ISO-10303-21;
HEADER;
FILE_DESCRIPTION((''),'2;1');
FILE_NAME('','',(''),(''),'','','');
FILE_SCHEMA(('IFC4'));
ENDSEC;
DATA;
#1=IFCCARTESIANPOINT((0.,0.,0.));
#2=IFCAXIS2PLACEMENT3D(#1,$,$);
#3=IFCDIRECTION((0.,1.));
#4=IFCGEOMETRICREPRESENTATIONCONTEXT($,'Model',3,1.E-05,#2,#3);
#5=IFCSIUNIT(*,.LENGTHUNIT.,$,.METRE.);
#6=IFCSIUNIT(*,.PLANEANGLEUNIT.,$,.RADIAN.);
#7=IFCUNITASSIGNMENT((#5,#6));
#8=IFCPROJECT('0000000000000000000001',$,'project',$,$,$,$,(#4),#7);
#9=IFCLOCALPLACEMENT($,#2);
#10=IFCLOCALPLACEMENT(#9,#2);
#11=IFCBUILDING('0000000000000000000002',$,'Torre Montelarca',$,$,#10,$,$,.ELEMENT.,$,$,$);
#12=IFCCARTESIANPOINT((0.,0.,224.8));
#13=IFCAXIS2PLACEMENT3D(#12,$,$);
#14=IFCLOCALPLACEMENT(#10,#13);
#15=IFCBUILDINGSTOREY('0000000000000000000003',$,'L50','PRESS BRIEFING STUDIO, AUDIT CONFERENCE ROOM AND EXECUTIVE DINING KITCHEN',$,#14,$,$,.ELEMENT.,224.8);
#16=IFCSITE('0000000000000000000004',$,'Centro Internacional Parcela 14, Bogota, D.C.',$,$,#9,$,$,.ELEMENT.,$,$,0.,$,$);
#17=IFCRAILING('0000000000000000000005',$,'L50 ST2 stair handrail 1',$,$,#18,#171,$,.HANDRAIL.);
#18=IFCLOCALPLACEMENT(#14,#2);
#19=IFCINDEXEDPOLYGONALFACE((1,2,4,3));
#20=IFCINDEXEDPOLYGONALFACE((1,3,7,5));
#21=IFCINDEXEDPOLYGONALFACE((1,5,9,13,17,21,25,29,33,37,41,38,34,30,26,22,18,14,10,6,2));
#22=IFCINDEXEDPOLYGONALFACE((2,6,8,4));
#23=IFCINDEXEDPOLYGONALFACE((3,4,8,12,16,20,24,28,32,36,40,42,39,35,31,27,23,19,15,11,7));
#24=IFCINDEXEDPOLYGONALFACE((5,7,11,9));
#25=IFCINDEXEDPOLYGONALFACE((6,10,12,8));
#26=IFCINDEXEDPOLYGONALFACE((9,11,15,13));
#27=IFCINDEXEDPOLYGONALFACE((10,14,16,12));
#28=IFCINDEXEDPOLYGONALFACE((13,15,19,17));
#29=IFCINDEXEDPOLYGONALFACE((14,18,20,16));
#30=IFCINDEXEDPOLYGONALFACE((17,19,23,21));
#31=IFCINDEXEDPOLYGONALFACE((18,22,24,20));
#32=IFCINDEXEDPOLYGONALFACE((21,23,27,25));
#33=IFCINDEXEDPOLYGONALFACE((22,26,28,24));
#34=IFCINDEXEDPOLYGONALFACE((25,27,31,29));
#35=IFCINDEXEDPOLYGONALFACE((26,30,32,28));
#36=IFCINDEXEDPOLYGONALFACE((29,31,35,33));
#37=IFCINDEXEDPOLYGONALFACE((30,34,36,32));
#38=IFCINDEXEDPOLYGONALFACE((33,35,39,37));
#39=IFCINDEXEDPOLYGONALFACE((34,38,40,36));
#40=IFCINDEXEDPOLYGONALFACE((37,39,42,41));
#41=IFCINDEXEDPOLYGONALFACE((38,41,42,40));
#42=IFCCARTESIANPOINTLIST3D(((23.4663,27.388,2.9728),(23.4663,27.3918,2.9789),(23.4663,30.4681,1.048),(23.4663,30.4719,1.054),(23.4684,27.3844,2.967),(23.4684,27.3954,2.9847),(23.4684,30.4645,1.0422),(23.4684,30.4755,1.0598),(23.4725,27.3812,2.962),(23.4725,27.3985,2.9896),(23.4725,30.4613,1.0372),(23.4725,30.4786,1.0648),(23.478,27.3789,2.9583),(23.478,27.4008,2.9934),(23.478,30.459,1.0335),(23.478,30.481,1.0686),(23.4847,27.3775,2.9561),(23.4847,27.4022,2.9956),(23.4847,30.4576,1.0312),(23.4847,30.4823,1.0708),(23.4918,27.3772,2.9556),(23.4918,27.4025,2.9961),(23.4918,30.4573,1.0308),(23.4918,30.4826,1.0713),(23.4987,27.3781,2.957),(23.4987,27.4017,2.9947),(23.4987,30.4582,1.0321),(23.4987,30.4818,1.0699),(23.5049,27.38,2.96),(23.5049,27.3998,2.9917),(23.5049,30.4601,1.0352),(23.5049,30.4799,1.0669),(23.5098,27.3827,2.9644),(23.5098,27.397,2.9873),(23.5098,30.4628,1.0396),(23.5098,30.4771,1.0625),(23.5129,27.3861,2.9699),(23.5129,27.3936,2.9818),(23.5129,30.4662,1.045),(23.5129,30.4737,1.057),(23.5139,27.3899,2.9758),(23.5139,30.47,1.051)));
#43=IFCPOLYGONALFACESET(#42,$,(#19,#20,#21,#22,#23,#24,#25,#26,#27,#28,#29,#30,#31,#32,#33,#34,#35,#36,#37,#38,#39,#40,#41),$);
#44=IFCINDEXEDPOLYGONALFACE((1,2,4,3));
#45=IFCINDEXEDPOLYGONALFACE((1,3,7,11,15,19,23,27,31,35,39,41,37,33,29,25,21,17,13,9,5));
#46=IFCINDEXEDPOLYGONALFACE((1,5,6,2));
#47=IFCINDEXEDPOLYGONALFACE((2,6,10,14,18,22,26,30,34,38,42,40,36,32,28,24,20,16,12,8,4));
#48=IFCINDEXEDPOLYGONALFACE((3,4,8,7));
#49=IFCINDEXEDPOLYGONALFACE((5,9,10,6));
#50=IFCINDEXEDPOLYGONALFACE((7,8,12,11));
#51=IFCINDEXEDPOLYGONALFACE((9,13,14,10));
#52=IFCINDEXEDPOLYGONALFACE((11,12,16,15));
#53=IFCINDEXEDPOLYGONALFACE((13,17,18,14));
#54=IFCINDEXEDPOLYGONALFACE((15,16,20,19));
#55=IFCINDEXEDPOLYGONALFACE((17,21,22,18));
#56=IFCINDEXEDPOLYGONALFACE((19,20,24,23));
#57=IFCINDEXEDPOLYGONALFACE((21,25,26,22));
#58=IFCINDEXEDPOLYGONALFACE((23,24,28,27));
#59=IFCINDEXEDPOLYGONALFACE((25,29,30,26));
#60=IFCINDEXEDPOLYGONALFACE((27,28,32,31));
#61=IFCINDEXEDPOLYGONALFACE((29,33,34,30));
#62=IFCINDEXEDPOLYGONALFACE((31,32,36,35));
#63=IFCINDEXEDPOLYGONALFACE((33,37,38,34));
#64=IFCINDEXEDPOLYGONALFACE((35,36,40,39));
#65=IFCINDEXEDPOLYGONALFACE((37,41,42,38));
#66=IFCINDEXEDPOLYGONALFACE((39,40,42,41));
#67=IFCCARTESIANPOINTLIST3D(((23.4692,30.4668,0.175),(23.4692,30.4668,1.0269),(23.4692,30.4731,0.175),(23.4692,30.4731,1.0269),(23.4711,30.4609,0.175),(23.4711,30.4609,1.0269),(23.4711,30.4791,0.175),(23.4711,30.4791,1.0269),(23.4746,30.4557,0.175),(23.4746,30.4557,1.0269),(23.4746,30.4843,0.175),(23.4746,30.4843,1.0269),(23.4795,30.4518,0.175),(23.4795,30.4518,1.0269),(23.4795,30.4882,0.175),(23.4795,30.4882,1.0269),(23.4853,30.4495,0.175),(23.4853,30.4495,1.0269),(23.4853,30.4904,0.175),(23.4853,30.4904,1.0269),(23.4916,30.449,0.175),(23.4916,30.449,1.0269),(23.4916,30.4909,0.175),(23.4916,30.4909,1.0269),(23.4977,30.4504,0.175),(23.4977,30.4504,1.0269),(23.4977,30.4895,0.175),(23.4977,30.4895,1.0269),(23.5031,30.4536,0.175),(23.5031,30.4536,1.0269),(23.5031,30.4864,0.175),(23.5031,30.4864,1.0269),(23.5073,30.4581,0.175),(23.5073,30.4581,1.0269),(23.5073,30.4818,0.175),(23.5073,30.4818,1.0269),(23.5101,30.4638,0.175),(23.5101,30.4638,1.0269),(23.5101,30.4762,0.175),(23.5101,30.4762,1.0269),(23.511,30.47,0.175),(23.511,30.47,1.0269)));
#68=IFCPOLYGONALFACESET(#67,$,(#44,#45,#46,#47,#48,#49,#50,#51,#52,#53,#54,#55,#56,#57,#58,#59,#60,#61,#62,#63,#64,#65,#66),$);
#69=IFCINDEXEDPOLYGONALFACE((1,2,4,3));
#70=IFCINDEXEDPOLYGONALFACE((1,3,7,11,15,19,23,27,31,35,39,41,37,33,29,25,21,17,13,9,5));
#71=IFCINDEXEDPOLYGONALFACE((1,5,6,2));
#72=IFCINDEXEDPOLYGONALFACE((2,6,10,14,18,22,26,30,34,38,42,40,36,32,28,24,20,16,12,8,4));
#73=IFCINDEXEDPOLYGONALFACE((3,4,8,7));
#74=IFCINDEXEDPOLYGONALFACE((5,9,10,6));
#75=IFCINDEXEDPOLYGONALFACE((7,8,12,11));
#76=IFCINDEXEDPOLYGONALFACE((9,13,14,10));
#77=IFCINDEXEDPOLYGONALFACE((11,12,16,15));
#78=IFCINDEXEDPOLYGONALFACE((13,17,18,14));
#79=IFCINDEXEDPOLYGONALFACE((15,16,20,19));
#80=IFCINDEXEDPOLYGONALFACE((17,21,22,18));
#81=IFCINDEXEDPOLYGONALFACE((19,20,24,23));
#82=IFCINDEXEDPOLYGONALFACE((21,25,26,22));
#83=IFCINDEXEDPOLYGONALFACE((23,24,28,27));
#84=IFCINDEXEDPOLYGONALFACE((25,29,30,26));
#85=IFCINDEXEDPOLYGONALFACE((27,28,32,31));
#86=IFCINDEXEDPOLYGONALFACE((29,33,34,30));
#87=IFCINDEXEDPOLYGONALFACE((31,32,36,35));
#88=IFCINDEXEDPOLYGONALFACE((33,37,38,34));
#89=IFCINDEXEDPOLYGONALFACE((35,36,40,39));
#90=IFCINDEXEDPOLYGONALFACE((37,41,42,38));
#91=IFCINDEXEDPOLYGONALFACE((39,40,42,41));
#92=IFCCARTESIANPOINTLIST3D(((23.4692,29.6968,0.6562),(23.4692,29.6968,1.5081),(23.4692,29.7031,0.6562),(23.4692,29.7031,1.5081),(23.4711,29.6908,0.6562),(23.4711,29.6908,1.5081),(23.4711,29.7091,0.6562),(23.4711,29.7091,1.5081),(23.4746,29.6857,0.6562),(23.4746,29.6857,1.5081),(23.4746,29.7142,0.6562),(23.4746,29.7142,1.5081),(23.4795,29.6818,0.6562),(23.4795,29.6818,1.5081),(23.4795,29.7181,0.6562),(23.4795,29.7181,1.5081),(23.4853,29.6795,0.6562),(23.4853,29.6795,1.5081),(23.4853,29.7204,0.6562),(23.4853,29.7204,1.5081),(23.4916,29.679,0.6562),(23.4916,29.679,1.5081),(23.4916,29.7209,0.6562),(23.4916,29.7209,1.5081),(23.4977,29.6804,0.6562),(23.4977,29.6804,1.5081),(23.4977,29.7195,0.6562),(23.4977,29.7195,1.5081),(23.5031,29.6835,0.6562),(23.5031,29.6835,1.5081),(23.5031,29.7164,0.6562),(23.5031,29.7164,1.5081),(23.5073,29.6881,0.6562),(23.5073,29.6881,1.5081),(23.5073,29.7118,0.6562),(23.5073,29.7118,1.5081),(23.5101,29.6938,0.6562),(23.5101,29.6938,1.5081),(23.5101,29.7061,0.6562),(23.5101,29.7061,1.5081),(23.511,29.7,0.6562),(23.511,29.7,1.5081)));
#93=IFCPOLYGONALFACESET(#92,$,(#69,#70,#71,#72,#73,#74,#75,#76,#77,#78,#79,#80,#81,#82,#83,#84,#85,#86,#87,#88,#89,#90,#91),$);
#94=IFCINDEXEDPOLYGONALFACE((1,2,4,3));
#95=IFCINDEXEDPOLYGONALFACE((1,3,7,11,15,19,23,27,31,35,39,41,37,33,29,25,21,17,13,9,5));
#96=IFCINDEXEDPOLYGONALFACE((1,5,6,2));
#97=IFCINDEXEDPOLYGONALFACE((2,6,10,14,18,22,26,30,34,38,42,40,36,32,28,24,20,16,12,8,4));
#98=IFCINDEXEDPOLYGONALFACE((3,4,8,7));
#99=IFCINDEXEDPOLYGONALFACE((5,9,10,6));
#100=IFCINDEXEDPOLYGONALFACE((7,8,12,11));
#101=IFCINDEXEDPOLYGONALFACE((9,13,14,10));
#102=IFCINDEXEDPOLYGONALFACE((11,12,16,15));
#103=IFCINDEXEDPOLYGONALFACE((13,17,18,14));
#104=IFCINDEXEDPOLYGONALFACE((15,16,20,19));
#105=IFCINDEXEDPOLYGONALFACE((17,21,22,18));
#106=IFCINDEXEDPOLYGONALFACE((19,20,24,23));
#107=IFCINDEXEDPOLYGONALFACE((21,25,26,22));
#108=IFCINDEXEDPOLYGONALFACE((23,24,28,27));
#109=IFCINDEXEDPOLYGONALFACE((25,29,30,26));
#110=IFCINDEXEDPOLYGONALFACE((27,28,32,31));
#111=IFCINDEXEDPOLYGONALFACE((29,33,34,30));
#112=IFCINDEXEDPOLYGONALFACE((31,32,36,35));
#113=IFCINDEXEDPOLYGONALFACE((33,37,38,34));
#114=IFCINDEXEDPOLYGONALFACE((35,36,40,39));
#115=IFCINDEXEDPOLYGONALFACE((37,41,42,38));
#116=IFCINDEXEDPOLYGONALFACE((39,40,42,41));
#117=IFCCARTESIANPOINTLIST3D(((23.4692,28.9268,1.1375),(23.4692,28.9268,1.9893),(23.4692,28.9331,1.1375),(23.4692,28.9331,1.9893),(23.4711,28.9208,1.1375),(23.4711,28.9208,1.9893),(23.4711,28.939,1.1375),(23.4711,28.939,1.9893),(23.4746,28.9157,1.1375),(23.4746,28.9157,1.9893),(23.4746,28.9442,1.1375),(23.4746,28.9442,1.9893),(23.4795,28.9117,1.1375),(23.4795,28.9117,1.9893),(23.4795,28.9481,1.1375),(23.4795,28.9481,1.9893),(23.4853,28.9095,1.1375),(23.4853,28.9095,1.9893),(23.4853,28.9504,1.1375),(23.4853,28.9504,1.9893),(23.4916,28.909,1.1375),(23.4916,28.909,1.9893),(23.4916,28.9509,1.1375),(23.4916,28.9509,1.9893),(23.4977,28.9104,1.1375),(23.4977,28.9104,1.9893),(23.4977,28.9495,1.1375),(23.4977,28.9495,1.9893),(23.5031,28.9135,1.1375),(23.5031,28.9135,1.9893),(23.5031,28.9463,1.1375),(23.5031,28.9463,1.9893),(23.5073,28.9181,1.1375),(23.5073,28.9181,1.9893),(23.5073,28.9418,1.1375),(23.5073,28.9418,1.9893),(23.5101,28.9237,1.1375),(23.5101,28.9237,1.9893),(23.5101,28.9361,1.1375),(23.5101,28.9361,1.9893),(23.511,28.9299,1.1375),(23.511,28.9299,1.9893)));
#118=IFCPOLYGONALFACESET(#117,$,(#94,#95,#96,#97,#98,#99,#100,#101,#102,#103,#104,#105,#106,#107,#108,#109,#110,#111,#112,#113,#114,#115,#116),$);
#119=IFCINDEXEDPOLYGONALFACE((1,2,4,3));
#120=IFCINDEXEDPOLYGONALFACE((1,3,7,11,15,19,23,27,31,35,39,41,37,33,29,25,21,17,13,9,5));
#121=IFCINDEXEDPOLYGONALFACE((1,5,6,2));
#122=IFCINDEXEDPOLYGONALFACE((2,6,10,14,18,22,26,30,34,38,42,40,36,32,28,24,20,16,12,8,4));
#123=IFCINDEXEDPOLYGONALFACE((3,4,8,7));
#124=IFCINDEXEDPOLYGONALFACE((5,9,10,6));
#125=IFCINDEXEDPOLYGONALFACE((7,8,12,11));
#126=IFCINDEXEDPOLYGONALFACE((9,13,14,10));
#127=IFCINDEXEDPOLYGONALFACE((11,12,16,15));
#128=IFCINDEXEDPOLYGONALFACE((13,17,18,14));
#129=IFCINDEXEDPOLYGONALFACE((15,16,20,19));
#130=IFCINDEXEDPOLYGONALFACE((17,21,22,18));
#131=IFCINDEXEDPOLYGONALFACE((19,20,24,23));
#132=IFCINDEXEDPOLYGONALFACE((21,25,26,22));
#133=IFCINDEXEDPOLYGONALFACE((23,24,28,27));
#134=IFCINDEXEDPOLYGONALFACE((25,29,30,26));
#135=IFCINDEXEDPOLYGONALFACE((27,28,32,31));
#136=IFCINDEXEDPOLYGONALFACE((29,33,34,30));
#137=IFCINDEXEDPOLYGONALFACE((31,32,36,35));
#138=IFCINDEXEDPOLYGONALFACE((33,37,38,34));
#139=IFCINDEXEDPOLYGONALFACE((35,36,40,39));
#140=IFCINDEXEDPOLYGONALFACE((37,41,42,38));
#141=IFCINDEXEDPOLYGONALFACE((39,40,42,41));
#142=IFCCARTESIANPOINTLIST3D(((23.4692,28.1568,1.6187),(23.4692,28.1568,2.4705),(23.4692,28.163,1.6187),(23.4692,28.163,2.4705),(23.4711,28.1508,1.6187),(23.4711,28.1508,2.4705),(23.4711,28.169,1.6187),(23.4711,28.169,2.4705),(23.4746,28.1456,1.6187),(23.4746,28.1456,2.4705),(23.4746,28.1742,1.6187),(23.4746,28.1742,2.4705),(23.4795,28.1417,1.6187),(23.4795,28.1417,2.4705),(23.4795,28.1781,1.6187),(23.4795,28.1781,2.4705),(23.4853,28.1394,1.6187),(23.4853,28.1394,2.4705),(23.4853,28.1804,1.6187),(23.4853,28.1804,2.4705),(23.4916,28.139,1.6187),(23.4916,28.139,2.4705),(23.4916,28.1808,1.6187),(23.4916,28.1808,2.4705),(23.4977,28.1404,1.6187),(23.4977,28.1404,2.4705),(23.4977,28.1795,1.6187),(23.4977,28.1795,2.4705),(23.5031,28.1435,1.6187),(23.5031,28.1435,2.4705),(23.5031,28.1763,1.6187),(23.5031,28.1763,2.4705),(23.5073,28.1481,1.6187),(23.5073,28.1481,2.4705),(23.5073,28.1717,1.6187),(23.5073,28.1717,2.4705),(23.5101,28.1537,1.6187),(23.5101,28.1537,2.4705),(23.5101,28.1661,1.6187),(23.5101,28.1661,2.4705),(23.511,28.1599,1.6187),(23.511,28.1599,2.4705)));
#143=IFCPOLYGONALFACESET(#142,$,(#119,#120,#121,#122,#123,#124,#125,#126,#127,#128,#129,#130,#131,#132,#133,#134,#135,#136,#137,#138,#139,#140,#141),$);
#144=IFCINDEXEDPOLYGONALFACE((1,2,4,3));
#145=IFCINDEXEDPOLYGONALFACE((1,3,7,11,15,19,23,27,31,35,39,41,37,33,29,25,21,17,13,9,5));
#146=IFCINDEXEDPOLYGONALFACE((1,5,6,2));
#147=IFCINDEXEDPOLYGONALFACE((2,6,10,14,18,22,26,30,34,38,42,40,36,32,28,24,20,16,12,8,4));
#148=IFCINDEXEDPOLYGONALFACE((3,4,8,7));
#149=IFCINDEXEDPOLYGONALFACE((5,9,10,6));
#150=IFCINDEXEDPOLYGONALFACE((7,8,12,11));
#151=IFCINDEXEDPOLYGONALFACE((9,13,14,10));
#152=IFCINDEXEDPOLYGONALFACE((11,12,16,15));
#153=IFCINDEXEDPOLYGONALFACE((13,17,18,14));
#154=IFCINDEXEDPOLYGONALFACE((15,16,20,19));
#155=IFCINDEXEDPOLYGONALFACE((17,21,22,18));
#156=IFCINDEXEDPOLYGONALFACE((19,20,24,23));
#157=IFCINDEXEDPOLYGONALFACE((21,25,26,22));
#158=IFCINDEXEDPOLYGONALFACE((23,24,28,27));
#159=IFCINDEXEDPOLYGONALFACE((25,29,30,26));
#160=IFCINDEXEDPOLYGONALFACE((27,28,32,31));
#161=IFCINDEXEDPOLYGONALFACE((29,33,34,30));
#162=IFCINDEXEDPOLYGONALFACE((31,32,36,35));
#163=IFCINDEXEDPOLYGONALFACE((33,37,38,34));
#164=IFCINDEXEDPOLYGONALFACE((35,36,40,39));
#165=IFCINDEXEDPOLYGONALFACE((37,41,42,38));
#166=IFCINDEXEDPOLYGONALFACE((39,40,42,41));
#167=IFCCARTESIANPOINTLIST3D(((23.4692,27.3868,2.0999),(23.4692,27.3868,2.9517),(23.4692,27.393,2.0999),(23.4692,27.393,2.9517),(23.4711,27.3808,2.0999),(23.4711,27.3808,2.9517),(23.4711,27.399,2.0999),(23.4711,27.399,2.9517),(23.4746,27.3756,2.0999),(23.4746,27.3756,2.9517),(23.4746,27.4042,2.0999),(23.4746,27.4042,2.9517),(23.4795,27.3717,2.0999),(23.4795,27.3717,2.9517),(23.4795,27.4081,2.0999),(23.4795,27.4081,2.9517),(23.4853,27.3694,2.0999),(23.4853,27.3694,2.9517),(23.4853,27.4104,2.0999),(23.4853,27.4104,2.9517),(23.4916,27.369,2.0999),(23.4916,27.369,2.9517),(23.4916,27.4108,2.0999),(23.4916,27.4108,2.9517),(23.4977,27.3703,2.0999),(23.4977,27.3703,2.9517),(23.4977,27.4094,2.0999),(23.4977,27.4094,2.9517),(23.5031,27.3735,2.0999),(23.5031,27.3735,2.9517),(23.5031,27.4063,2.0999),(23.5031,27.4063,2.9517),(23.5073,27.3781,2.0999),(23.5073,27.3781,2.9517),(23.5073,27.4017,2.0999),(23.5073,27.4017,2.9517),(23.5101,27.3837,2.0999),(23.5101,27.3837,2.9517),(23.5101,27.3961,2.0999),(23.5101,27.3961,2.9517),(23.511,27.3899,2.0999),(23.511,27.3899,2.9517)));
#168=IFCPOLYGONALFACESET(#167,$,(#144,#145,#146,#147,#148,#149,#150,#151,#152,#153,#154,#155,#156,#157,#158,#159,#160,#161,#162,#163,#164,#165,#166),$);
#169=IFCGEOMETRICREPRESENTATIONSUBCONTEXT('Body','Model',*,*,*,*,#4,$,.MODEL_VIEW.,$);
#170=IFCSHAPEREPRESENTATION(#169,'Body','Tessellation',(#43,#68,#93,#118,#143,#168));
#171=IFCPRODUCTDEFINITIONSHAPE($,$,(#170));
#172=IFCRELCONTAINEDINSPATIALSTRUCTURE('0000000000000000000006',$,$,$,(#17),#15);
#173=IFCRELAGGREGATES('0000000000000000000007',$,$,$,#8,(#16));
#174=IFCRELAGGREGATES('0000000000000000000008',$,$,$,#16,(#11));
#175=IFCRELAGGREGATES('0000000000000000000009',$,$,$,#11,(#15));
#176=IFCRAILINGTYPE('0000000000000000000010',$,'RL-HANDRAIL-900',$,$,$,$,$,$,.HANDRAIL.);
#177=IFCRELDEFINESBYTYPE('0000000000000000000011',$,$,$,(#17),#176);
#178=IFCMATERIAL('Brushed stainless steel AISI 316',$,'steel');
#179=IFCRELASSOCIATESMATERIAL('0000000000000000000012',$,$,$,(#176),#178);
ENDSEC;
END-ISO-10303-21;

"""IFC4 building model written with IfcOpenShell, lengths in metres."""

from ifc_helpers import new_model, si_unit, direction, frame, origin, origin_2d, place, context, subcontext, project, spatial, circle, extrude, material, type_object, element, save


model = new_model("IFC4")

# Units and contexts
model_context = context("Model", 3, precision=1e-05, world=origin(), true_north=direction((0.0, 1.0)))
body_context = subcontext(model_context, "Body", "Model", "MODEL_VIEW")
ifc_project = project(units=[si_unit("LENGTHUNIT", "METRE"), si_unit("PLANEANGLEUNIT", "RADIAN")], contexts=[model_context])

# Site, building, storey
site_placement = place(None, origin())
site = spatial("IfcSite", under=ifc_project, at=site_placement, Name="Centro Internacional Parcela 14, Bogota, D.C.", CompositionType="ELEMENT", RefElevation=0.0)
building_placement = place(site_placement, origin())
building = spatial("IfcBuilding", under=site, at=building_placement, Name="Torre Montelarca", CompositionType="ELEMENT")
storey_placement = place(building_placement, frame((0.0, 0.0, 224.8)))
storey = spatial("IfcBuildingStorey", under=building, at=storey_placement, Name="L50", Description="PRESS BRIEFING STUDIO, AUDIT CONFERENCE ROOM AND EXECUTIVE DINING KITCHEN", CompositionType="ELEMENT", Elevation=224.8)

# Shared definitions
ifc_material_1 = material(Name="Brushed stainless steel AISI 316", Category="steel")

# Railing
railing_type_1 = type_object("IfcRailingType", Name="RL-HANDRAIL-900", PredefinedType="HANDRAIL", material=ifc_material_1)
railing_1_placement = place(storey_placement, frame((23.49, 30.47, 0.175)))
element("IfcRailing", 1, at=railing_1_placement, inside=storey, type_object=railing_type_1, Name="L50 ST2 stair handrail 1", PredefinedType="HANDRAIL", context=body_context, shape_type="SweptSolid", body=[
    extrude(circle(Radius=0.0239, at=origin_2d()), frame((0.0, 0.0, 0.876), z_axis=(0.0, -0.848029, 0.529951), x_axis=(1.0, 0.0, 0.0)), (0.0, 0.0, 1.0), 3.6321),
    extrude(circle(Radius=0.021, at=origin_2d()), origin(), (0.0, 0.0, 1.0), 0.8518),
    extrude(circle(Radius=0.021, at=origin_2d()), frame((0.0, -0.77, 0.4812)), (0.0, 0.0, 1.0), 0.8518),
    extrude(circle(Radius=0.021, at=origin_2d()), frame((0.0, -1.54, 0.9624)), (0.0, 0.0, 1.0), 0.8518),
    extrude(circle(Radius=0.021, at=origin_2d()), frame((0.0, -2.3101, 1.4436)), (0.0, 0.0, 1.0), 0.8518),
    extrude(circle(Radius=0.021, at=origin_2d()), frame((0.0, -3.0801, 1.9248)), (0.0, 0.0, 1.0), 0.8518),
])

save(model, "model.ifc")
